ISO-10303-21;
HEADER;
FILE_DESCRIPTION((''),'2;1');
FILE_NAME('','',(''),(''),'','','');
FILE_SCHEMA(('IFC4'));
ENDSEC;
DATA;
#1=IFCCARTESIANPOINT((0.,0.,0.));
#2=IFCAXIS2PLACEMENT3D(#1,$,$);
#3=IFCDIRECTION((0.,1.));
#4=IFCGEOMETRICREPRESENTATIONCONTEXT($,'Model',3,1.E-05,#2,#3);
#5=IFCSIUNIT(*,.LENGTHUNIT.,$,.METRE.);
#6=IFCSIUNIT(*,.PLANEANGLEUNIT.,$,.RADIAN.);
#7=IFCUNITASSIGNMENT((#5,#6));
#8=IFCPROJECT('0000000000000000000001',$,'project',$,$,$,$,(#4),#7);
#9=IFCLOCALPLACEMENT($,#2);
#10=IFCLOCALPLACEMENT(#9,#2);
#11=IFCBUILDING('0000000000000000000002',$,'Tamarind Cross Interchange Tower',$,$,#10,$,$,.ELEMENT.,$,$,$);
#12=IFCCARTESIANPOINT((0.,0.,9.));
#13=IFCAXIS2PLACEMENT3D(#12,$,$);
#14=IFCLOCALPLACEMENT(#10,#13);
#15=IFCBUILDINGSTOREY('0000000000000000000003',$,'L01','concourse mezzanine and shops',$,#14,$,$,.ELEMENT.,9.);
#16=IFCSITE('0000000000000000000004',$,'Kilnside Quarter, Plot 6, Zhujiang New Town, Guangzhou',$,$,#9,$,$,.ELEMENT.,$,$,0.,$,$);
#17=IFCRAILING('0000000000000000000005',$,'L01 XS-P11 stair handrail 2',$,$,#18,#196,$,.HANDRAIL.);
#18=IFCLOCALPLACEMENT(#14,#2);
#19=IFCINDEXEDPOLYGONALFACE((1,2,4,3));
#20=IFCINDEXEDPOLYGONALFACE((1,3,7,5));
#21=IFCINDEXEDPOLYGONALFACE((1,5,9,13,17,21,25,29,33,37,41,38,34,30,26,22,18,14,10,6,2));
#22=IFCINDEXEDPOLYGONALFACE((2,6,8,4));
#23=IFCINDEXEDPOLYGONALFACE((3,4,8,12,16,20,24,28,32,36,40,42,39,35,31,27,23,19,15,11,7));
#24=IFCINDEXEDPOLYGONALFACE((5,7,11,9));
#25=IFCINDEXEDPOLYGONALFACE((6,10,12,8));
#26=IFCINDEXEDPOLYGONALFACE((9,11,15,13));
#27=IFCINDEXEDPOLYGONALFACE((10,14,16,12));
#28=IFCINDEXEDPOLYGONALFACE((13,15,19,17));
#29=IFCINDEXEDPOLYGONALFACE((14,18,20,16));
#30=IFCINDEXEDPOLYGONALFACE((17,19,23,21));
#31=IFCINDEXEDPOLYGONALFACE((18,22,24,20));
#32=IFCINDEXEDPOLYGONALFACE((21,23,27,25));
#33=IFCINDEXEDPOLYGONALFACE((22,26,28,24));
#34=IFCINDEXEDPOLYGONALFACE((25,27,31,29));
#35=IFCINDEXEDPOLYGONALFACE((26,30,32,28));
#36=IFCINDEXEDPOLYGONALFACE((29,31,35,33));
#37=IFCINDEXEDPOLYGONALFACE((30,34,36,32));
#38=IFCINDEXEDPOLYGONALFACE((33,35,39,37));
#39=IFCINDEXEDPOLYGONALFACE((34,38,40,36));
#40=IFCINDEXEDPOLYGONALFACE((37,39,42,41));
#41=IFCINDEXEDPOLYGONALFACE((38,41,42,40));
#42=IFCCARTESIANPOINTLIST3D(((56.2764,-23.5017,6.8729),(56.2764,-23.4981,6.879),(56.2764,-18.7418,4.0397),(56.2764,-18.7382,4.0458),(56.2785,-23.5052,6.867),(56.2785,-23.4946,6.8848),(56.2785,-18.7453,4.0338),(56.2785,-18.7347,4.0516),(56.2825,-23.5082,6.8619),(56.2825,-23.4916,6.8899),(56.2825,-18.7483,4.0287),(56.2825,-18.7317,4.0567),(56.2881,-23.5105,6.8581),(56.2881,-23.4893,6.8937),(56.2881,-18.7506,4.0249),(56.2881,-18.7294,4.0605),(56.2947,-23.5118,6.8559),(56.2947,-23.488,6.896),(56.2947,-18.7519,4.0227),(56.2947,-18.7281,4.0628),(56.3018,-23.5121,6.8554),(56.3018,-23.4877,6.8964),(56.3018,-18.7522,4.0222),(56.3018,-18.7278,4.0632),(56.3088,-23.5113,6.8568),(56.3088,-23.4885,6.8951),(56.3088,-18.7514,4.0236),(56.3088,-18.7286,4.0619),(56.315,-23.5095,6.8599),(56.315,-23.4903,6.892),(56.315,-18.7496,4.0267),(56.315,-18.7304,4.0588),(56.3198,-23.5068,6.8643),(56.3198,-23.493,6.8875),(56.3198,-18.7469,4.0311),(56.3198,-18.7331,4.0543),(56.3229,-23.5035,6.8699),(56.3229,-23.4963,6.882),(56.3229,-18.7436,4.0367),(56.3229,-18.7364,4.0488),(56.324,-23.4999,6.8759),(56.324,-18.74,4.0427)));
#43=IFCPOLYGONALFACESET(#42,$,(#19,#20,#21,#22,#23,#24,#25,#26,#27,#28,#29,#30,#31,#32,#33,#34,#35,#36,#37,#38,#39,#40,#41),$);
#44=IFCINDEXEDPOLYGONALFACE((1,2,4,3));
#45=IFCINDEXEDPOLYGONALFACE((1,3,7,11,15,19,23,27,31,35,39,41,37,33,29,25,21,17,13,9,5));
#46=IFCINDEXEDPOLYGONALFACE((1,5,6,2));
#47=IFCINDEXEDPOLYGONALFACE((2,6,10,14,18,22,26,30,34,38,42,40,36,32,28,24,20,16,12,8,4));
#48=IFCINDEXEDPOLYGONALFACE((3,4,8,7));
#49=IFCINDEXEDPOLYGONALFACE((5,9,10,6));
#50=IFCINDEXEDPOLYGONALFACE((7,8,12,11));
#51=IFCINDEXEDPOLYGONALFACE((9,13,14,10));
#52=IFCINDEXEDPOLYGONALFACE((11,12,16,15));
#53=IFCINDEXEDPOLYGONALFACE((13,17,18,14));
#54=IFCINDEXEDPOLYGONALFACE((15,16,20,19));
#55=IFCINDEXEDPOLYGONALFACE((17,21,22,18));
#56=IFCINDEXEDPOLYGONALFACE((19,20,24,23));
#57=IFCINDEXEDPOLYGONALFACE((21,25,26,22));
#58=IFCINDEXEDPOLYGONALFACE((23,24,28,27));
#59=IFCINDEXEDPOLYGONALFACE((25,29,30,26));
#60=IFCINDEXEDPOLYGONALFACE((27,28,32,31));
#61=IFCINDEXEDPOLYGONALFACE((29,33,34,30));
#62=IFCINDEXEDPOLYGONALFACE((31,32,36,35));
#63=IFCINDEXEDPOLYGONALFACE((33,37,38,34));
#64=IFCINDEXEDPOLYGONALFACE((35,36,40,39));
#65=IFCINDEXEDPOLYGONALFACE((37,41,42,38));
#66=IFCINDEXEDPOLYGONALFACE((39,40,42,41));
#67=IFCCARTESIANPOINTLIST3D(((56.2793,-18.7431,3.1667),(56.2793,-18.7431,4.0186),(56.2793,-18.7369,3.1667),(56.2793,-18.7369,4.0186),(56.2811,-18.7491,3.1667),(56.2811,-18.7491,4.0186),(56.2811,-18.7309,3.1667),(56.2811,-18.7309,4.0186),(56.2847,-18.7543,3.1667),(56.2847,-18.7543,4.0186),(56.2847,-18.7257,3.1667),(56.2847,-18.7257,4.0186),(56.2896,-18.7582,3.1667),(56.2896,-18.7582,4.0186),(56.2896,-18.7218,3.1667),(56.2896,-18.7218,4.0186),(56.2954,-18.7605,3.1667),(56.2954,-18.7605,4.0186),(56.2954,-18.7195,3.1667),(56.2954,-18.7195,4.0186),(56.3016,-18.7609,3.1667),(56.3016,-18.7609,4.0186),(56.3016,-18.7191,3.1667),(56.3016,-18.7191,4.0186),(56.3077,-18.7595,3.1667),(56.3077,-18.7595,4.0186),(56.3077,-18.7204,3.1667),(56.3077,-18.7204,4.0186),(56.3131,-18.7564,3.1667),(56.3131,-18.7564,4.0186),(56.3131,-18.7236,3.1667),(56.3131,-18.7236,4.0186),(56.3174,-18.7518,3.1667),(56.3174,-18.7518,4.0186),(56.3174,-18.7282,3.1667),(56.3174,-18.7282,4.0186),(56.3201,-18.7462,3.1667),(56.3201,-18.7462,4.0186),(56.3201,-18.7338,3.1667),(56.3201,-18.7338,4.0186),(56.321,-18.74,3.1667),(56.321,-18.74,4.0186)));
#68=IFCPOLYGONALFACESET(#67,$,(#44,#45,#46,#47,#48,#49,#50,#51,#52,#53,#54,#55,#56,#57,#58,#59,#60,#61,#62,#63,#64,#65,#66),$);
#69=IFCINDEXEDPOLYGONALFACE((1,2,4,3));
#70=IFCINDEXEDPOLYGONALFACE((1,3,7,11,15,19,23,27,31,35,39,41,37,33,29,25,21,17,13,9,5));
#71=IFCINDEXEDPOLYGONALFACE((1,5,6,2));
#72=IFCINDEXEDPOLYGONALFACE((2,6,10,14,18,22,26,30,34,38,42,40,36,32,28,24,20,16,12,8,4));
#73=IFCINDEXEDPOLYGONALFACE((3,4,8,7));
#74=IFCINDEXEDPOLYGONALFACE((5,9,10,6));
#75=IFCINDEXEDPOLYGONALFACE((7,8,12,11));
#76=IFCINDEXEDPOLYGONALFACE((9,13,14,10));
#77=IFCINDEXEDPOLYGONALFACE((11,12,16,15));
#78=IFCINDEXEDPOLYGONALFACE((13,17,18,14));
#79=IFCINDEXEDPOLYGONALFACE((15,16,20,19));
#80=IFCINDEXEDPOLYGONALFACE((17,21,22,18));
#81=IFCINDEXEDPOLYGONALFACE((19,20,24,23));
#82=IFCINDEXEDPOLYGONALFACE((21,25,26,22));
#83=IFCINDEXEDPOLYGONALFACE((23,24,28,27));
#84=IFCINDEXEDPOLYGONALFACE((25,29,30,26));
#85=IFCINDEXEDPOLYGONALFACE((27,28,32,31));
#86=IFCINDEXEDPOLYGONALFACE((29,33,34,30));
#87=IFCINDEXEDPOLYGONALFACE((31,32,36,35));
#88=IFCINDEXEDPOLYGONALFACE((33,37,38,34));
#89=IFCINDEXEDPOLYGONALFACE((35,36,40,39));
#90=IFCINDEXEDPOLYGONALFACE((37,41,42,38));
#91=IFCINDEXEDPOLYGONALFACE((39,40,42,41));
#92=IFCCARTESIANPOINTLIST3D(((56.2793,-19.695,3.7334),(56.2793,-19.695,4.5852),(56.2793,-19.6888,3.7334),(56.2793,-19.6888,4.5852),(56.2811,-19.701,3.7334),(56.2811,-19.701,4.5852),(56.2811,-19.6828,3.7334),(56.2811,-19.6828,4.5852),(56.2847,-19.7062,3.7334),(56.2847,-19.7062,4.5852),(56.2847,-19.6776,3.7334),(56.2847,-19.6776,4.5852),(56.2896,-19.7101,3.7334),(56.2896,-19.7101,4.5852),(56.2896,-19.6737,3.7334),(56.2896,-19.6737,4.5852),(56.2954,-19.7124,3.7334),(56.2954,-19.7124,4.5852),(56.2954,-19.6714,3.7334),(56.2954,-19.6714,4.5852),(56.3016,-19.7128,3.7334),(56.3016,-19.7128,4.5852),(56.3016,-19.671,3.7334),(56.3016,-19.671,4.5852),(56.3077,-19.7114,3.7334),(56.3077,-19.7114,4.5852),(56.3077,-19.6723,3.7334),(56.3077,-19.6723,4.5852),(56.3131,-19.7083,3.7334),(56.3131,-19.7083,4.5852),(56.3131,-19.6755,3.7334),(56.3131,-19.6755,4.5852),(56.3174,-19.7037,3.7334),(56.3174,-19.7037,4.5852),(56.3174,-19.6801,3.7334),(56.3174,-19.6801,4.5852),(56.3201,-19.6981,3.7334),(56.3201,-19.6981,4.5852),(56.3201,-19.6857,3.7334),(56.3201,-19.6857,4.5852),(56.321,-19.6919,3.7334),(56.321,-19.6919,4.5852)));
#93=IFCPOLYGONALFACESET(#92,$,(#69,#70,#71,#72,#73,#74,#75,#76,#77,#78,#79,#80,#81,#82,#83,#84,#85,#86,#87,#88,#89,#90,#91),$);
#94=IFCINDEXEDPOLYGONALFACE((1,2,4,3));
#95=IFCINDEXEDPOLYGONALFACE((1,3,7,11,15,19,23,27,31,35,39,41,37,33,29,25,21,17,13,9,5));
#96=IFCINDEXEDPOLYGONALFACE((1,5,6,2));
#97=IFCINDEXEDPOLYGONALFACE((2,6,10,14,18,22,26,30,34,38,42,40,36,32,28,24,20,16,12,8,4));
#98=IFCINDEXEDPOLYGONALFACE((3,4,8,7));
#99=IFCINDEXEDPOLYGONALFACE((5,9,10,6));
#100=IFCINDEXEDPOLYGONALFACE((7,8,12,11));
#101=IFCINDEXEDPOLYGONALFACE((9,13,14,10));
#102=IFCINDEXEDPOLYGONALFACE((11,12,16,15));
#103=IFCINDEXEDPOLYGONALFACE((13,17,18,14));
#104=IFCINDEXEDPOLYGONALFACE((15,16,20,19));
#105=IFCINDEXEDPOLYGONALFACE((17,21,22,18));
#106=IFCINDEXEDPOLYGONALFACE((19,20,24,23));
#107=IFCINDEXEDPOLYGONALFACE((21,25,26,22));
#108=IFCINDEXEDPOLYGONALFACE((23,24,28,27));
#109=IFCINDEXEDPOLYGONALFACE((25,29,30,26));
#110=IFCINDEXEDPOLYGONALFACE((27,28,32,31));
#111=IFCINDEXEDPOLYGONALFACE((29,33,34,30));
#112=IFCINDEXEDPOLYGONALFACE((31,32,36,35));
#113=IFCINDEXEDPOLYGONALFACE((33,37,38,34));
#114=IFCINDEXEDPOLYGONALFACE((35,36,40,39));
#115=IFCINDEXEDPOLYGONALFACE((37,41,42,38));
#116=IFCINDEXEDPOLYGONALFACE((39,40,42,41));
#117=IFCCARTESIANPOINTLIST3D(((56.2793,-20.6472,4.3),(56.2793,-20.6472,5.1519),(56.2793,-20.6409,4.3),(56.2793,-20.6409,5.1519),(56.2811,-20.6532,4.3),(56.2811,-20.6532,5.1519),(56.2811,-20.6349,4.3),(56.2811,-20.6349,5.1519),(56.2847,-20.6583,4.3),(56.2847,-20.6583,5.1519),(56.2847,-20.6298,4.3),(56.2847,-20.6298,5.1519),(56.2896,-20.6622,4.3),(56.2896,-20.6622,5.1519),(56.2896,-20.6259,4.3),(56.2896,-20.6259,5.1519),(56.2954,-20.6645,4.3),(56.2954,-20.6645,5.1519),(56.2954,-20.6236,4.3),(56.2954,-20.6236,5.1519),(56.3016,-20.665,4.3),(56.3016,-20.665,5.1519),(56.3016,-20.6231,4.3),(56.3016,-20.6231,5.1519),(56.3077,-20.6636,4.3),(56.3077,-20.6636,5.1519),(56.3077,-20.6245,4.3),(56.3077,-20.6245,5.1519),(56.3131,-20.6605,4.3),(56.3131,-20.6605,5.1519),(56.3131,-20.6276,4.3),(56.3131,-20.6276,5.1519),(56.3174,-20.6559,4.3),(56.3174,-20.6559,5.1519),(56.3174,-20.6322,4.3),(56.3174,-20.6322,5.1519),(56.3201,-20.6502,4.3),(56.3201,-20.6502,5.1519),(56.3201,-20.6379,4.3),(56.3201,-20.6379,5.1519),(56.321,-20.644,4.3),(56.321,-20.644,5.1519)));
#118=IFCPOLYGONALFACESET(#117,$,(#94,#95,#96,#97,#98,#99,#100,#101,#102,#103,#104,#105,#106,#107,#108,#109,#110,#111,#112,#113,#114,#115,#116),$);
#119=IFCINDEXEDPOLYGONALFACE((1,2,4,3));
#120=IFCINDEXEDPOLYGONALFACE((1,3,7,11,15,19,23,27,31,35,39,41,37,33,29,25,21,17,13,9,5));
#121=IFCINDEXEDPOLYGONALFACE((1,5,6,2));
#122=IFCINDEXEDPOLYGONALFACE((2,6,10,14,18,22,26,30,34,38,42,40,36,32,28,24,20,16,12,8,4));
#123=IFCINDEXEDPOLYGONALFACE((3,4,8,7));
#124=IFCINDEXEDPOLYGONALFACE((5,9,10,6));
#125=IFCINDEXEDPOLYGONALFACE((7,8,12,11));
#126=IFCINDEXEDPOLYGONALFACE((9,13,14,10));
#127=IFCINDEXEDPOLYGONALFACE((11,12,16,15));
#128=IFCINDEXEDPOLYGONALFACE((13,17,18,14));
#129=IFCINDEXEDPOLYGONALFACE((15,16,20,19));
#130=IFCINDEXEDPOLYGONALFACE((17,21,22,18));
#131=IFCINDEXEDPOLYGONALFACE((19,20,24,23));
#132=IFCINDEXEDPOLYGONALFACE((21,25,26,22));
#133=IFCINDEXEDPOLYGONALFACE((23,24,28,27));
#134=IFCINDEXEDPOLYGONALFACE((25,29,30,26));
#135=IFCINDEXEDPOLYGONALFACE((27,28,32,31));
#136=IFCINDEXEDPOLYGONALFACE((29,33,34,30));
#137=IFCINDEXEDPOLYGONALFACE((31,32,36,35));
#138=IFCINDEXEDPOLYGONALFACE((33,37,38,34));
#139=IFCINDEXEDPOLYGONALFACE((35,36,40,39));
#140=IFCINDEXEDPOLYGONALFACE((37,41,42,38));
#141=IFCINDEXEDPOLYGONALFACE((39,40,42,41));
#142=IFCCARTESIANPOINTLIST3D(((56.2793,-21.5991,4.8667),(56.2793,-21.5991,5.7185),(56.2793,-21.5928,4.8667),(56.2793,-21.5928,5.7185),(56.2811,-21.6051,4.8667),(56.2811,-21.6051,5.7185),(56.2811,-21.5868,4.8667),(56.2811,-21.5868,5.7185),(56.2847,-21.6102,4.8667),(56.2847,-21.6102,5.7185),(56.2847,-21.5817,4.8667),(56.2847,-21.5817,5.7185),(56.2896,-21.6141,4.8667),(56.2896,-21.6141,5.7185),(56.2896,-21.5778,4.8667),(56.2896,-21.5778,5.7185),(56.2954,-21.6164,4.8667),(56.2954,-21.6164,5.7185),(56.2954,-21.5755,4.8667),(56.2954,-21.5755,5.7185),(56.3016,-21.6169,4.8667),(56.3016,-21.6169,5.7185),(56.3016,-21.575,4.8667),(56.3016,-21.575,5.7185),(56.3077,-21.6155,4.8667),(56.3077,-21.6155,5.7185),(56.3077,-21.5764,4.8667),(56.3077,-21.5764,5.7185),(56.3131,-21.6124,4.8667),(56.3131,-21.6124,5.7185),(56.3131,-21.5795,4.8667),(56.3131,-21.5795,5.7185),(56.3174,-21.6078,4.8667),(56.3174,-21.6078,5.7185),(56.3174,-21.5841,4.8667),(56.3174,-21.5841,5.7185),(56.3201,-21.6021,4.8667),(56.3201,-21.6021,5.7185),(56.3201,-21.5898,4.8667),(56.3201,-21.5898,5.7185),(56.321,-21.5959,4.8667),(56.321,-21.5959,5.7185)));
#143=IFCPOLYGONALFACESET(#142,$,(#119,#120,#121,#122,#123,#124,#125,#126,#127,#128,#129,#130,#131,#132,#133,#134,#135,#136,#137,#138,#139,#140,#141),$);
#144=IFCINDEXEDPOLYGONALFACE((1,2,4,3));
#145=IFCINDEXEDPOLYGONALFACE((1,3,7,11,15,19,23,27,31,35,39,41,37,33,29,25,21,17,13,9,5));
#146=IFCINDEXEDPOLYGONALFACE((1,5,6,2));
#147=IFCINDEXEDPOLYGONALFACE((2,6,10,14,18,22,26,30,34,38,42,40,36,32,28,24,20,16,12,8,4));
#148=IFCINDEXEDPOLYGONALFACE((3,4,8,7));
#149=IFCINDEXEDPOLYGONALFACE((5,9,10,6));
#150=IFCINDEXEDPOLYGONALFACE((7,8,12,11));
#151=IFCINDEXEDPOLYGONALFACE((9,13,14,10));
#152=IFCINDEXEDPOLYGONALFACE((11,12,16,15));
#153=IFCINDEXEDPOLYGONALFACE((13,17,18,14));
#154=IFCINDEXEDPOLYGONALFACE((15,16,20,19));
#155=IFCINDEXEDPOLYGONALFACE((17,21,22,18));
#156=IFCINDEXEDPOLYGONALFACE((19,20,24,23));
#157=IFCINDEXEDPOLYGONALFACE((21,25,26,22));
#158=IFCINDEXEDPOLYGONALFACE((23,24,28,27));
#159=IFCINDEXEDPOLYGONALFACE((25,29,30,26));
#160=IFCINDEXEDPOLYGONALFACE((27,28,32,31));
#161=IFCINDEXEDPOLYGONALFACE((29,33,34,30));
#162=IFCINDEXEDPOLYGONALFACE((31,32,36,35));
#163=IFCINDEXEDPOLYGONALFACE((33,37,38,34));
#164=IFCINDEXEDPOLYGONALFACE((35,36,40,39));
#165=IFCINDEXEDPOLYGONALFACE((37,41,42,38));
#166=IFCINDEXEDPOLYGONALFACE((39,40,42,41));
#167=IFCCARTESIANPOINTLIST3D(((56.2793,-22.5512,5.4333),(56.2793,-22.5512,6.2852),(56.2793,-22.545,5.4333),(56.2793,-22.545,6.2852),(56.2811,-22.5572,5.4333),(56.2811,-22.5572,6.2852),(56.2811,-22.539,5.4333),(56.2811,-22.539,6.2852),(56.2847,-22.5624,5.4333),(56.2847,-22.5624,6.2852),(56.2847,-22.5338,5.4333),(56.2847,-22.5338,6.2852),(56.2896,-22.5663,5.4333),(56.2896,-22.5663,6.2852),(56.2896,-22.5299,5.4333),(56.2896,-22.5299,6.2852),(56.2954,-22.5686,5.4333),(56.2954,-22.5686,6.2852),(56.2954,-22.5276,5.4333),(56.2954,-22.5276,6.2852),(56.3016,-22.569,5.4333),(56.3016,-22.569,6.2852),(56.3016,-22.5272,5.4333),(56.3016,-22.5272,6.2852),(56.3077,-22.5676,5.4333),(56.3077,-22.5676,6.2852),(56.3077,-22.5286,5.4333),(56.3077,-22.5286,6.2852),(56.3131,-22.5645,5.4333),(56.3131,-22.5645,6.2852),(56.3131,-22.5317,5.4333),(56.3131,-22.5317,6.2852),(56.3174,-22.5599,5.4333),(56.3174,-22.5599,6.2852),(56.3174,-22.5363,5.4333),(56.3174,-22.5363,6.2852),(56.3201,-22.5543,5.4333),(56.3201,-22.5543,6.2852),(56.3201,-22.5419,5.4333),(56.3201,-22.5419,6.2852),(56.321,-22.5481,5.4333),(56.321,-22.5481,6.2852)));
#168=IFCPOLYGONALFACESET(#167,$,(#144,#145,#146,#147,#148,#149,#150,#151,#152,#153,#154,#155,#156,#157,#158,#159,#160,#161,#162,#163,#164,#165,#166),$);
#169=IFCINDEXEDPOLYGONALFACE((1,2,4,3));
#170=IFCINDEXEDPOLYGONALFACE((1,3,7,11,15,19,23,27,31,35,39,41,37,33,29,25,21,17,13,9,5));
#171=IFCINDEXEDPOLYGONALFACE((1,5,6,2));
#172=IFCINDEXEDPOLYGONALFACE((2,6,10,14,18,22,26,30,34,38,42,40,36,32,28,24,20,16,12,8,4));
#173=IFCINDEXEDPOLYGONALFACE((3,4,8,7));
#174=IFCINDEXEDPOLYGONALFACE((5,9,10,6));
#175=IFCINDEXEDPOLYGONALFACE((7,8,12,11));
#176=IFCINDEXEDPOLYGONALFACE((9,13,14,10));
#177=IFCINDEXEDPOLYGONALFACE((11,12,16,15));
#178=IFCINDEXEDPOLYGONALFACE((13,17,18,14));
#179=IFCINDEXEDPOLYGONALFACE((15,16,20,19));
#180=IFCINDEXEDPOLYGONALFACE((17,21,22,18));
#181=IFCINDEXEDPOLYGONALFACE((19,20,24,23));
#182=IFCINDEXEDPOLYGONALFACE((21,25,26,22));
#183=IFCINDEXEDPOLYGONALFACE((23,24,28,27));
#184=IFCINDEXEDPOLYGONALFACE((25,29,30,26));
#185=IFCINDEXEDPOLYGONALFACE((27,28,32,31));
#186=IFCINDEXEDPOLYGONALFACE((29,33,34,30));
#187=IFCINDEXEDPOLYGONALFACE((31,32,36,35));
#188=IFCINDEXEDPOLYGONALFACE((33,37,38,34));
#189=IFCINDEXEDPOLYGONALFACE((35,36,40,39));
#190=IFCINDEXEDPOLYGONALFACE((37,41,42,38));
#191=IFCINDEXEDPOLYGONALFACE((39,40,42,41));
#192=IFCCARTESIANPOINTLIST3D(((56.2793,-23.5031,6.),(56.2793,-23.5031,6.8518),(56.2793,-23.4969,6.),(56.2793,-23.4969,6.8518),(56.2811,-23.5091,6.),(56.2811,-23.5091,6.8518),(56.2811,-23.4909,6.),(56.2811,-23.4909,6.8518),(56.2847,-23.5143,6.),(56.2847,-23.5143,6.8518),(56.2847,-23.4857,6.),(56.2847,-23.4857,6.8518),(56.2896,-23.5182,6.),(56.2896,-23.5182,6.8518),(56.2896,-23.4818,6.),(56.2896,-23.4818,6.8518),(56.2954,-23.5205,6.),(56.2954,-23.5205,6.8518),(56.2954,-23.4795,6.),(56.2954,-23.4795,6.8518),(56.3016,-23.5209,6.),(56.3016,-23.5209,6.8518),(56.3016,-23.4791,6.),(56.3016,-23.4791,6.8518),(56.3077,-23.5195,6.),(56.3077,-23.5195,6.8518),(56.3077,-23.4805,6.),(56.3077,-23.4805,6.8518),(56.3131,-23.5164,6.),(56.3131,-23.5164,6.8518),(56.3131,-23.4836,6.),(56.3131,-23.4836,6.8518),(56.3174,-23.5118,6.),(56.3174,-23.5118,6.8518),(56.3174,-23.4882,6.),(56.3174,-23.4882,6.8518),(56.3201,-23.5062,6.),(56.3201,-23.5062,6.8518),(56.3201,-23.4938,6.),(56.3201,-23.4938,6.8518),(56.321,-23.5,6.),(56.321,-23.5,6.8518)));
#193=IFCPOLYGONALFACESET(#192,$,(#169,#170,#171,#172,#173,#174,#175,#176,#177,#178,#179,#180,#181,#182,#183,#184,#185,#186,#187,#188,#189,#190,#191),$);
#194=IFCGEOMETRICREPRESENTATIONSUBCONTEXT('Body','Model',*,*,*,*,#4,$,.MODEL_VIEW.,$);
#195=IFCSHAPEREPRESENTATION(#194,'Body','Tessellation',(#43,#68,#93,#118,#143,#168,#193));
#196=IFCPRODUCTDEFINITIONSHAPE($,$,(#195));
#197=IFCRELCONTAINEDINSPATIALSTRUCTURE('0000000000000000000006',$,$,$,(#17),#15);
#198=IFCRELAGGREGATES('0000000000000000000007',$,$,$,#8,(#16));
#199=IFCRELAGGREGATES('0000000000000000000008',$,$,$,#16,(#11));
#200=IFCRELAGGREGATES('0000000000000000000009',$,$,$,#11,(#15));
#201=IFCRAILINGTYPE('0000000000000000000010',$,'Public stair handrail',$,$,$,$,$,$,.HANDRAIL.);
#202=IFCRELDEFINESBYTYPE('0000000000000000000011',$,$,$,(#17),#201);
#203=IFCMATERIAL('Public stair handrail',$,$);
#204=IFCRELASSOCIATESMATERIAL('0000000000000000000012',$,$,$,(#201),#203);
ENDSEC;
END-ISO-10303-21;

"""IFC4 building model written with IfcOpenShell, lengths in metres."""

from ifc_helpers import new_model, si_unit, direction, frame, origin, origin_2d, place, context, subcontext, project, spatial, circle, extrude, material, type_object, element, save


model = new_model("IFC4")

# Units and contexts
model_context = context("Model", 3, precision=1e-05, world=origin(), true_north=direction((0.0, 1.0)))
body_context = subcontext(model_context, "Body", "Model", "MODEL_VIEW")
ifc_project = project(units=[si_unit("LENGTHUNIT", "METRE"), si_unit("PLANEANGLEUNIT", "RADIAN")], contexts=[model_context])

# Site, building, storey
site_placement = place(None, origin())
site = spatial("IfcSite", under=ifc_project, at=site_placement, Name="Kilnside Quarter, Plot 6, Zhujiang New Town, Guangzhou", CompositionType="ELEMENT", RefElevation=0.0)
building_placement = place(site_placement, origin())
building = spatial("IfcBuilding", under=site, at=building_placement, Name="Tamarind Cross Interchange Tower", CompositionType="ELEMENT")
storey_placement = place(building_placement, frame((0.0, 0.0, 9.0)))
storey = spatial("IfcBuildingStorey", under=building, at=storey_placement, Name="L01", Description="concourse mezzanine and shops", CompositionType="ELEMENT", Elevation=9.0)

# Railing
ifc_material_1 = material(Name="Public stair handrail")
railing_type_1 = type_object("IfcRailingType", Name="Public stair handrail", PredefinedType="HANDRAIL", material=ifc_material_1)
railing_1_placement = place(storey_placement, frame((56.3, -18.74, 3.1667)))
element("IfcRailing", 1, at=railing_1_placement, inside=storey, type_object=railing_type_1, Name="L01 XS-P11 stair handrail 2", PredefinedType="HANDRAIL", context=body_context, shape_type="SweptSolid", body=[
    extrude(circle(Radius=0.0239, at=origin_2d()), frame((0.0, 0.0, 0.876), z_axis=(0.0, -0.8593, 0.511472), x_axis=(1.0, 0.0, 0.0)), (0.0, 0.0, 1.0), 5.5393),
    extrude(circle(Radius=0.021, at=origin_2d()), origin(), (0.0, 0.0, 1.0), 0.8518),
    extrude(circle(Radius=0.021, at=origin_2d()), frame((0.0, -0.9519, 0.5667)), (0.0, 0.0, 1.0), 0.8518),
    extrude(circle(Radius=0.021, at=origin_2d()), frame((0.0, -1.9041, 1.1333)), (0.0, 0.0, 1.0), 0.8518),
    extrude(circle(Radius=0.021, at=origin_2d()), frame((0.0, -2.856, 1.7)), (0.0, 0.0, 1.0), 0.8518),
    extrude(circle(Radius=0.021, at=origin_2d()), frame((0.0, -3.8081, 2.2666)), (0.0, 0.0, 1.0), 0.8518),
    extrude(circle(Radius=0.021, at=origin_2d()), frame((0.0, -4.76, 2.8333)), (0.0, 0.0, 1.0), 0.8518),
])

save(model, "model.ifc")
